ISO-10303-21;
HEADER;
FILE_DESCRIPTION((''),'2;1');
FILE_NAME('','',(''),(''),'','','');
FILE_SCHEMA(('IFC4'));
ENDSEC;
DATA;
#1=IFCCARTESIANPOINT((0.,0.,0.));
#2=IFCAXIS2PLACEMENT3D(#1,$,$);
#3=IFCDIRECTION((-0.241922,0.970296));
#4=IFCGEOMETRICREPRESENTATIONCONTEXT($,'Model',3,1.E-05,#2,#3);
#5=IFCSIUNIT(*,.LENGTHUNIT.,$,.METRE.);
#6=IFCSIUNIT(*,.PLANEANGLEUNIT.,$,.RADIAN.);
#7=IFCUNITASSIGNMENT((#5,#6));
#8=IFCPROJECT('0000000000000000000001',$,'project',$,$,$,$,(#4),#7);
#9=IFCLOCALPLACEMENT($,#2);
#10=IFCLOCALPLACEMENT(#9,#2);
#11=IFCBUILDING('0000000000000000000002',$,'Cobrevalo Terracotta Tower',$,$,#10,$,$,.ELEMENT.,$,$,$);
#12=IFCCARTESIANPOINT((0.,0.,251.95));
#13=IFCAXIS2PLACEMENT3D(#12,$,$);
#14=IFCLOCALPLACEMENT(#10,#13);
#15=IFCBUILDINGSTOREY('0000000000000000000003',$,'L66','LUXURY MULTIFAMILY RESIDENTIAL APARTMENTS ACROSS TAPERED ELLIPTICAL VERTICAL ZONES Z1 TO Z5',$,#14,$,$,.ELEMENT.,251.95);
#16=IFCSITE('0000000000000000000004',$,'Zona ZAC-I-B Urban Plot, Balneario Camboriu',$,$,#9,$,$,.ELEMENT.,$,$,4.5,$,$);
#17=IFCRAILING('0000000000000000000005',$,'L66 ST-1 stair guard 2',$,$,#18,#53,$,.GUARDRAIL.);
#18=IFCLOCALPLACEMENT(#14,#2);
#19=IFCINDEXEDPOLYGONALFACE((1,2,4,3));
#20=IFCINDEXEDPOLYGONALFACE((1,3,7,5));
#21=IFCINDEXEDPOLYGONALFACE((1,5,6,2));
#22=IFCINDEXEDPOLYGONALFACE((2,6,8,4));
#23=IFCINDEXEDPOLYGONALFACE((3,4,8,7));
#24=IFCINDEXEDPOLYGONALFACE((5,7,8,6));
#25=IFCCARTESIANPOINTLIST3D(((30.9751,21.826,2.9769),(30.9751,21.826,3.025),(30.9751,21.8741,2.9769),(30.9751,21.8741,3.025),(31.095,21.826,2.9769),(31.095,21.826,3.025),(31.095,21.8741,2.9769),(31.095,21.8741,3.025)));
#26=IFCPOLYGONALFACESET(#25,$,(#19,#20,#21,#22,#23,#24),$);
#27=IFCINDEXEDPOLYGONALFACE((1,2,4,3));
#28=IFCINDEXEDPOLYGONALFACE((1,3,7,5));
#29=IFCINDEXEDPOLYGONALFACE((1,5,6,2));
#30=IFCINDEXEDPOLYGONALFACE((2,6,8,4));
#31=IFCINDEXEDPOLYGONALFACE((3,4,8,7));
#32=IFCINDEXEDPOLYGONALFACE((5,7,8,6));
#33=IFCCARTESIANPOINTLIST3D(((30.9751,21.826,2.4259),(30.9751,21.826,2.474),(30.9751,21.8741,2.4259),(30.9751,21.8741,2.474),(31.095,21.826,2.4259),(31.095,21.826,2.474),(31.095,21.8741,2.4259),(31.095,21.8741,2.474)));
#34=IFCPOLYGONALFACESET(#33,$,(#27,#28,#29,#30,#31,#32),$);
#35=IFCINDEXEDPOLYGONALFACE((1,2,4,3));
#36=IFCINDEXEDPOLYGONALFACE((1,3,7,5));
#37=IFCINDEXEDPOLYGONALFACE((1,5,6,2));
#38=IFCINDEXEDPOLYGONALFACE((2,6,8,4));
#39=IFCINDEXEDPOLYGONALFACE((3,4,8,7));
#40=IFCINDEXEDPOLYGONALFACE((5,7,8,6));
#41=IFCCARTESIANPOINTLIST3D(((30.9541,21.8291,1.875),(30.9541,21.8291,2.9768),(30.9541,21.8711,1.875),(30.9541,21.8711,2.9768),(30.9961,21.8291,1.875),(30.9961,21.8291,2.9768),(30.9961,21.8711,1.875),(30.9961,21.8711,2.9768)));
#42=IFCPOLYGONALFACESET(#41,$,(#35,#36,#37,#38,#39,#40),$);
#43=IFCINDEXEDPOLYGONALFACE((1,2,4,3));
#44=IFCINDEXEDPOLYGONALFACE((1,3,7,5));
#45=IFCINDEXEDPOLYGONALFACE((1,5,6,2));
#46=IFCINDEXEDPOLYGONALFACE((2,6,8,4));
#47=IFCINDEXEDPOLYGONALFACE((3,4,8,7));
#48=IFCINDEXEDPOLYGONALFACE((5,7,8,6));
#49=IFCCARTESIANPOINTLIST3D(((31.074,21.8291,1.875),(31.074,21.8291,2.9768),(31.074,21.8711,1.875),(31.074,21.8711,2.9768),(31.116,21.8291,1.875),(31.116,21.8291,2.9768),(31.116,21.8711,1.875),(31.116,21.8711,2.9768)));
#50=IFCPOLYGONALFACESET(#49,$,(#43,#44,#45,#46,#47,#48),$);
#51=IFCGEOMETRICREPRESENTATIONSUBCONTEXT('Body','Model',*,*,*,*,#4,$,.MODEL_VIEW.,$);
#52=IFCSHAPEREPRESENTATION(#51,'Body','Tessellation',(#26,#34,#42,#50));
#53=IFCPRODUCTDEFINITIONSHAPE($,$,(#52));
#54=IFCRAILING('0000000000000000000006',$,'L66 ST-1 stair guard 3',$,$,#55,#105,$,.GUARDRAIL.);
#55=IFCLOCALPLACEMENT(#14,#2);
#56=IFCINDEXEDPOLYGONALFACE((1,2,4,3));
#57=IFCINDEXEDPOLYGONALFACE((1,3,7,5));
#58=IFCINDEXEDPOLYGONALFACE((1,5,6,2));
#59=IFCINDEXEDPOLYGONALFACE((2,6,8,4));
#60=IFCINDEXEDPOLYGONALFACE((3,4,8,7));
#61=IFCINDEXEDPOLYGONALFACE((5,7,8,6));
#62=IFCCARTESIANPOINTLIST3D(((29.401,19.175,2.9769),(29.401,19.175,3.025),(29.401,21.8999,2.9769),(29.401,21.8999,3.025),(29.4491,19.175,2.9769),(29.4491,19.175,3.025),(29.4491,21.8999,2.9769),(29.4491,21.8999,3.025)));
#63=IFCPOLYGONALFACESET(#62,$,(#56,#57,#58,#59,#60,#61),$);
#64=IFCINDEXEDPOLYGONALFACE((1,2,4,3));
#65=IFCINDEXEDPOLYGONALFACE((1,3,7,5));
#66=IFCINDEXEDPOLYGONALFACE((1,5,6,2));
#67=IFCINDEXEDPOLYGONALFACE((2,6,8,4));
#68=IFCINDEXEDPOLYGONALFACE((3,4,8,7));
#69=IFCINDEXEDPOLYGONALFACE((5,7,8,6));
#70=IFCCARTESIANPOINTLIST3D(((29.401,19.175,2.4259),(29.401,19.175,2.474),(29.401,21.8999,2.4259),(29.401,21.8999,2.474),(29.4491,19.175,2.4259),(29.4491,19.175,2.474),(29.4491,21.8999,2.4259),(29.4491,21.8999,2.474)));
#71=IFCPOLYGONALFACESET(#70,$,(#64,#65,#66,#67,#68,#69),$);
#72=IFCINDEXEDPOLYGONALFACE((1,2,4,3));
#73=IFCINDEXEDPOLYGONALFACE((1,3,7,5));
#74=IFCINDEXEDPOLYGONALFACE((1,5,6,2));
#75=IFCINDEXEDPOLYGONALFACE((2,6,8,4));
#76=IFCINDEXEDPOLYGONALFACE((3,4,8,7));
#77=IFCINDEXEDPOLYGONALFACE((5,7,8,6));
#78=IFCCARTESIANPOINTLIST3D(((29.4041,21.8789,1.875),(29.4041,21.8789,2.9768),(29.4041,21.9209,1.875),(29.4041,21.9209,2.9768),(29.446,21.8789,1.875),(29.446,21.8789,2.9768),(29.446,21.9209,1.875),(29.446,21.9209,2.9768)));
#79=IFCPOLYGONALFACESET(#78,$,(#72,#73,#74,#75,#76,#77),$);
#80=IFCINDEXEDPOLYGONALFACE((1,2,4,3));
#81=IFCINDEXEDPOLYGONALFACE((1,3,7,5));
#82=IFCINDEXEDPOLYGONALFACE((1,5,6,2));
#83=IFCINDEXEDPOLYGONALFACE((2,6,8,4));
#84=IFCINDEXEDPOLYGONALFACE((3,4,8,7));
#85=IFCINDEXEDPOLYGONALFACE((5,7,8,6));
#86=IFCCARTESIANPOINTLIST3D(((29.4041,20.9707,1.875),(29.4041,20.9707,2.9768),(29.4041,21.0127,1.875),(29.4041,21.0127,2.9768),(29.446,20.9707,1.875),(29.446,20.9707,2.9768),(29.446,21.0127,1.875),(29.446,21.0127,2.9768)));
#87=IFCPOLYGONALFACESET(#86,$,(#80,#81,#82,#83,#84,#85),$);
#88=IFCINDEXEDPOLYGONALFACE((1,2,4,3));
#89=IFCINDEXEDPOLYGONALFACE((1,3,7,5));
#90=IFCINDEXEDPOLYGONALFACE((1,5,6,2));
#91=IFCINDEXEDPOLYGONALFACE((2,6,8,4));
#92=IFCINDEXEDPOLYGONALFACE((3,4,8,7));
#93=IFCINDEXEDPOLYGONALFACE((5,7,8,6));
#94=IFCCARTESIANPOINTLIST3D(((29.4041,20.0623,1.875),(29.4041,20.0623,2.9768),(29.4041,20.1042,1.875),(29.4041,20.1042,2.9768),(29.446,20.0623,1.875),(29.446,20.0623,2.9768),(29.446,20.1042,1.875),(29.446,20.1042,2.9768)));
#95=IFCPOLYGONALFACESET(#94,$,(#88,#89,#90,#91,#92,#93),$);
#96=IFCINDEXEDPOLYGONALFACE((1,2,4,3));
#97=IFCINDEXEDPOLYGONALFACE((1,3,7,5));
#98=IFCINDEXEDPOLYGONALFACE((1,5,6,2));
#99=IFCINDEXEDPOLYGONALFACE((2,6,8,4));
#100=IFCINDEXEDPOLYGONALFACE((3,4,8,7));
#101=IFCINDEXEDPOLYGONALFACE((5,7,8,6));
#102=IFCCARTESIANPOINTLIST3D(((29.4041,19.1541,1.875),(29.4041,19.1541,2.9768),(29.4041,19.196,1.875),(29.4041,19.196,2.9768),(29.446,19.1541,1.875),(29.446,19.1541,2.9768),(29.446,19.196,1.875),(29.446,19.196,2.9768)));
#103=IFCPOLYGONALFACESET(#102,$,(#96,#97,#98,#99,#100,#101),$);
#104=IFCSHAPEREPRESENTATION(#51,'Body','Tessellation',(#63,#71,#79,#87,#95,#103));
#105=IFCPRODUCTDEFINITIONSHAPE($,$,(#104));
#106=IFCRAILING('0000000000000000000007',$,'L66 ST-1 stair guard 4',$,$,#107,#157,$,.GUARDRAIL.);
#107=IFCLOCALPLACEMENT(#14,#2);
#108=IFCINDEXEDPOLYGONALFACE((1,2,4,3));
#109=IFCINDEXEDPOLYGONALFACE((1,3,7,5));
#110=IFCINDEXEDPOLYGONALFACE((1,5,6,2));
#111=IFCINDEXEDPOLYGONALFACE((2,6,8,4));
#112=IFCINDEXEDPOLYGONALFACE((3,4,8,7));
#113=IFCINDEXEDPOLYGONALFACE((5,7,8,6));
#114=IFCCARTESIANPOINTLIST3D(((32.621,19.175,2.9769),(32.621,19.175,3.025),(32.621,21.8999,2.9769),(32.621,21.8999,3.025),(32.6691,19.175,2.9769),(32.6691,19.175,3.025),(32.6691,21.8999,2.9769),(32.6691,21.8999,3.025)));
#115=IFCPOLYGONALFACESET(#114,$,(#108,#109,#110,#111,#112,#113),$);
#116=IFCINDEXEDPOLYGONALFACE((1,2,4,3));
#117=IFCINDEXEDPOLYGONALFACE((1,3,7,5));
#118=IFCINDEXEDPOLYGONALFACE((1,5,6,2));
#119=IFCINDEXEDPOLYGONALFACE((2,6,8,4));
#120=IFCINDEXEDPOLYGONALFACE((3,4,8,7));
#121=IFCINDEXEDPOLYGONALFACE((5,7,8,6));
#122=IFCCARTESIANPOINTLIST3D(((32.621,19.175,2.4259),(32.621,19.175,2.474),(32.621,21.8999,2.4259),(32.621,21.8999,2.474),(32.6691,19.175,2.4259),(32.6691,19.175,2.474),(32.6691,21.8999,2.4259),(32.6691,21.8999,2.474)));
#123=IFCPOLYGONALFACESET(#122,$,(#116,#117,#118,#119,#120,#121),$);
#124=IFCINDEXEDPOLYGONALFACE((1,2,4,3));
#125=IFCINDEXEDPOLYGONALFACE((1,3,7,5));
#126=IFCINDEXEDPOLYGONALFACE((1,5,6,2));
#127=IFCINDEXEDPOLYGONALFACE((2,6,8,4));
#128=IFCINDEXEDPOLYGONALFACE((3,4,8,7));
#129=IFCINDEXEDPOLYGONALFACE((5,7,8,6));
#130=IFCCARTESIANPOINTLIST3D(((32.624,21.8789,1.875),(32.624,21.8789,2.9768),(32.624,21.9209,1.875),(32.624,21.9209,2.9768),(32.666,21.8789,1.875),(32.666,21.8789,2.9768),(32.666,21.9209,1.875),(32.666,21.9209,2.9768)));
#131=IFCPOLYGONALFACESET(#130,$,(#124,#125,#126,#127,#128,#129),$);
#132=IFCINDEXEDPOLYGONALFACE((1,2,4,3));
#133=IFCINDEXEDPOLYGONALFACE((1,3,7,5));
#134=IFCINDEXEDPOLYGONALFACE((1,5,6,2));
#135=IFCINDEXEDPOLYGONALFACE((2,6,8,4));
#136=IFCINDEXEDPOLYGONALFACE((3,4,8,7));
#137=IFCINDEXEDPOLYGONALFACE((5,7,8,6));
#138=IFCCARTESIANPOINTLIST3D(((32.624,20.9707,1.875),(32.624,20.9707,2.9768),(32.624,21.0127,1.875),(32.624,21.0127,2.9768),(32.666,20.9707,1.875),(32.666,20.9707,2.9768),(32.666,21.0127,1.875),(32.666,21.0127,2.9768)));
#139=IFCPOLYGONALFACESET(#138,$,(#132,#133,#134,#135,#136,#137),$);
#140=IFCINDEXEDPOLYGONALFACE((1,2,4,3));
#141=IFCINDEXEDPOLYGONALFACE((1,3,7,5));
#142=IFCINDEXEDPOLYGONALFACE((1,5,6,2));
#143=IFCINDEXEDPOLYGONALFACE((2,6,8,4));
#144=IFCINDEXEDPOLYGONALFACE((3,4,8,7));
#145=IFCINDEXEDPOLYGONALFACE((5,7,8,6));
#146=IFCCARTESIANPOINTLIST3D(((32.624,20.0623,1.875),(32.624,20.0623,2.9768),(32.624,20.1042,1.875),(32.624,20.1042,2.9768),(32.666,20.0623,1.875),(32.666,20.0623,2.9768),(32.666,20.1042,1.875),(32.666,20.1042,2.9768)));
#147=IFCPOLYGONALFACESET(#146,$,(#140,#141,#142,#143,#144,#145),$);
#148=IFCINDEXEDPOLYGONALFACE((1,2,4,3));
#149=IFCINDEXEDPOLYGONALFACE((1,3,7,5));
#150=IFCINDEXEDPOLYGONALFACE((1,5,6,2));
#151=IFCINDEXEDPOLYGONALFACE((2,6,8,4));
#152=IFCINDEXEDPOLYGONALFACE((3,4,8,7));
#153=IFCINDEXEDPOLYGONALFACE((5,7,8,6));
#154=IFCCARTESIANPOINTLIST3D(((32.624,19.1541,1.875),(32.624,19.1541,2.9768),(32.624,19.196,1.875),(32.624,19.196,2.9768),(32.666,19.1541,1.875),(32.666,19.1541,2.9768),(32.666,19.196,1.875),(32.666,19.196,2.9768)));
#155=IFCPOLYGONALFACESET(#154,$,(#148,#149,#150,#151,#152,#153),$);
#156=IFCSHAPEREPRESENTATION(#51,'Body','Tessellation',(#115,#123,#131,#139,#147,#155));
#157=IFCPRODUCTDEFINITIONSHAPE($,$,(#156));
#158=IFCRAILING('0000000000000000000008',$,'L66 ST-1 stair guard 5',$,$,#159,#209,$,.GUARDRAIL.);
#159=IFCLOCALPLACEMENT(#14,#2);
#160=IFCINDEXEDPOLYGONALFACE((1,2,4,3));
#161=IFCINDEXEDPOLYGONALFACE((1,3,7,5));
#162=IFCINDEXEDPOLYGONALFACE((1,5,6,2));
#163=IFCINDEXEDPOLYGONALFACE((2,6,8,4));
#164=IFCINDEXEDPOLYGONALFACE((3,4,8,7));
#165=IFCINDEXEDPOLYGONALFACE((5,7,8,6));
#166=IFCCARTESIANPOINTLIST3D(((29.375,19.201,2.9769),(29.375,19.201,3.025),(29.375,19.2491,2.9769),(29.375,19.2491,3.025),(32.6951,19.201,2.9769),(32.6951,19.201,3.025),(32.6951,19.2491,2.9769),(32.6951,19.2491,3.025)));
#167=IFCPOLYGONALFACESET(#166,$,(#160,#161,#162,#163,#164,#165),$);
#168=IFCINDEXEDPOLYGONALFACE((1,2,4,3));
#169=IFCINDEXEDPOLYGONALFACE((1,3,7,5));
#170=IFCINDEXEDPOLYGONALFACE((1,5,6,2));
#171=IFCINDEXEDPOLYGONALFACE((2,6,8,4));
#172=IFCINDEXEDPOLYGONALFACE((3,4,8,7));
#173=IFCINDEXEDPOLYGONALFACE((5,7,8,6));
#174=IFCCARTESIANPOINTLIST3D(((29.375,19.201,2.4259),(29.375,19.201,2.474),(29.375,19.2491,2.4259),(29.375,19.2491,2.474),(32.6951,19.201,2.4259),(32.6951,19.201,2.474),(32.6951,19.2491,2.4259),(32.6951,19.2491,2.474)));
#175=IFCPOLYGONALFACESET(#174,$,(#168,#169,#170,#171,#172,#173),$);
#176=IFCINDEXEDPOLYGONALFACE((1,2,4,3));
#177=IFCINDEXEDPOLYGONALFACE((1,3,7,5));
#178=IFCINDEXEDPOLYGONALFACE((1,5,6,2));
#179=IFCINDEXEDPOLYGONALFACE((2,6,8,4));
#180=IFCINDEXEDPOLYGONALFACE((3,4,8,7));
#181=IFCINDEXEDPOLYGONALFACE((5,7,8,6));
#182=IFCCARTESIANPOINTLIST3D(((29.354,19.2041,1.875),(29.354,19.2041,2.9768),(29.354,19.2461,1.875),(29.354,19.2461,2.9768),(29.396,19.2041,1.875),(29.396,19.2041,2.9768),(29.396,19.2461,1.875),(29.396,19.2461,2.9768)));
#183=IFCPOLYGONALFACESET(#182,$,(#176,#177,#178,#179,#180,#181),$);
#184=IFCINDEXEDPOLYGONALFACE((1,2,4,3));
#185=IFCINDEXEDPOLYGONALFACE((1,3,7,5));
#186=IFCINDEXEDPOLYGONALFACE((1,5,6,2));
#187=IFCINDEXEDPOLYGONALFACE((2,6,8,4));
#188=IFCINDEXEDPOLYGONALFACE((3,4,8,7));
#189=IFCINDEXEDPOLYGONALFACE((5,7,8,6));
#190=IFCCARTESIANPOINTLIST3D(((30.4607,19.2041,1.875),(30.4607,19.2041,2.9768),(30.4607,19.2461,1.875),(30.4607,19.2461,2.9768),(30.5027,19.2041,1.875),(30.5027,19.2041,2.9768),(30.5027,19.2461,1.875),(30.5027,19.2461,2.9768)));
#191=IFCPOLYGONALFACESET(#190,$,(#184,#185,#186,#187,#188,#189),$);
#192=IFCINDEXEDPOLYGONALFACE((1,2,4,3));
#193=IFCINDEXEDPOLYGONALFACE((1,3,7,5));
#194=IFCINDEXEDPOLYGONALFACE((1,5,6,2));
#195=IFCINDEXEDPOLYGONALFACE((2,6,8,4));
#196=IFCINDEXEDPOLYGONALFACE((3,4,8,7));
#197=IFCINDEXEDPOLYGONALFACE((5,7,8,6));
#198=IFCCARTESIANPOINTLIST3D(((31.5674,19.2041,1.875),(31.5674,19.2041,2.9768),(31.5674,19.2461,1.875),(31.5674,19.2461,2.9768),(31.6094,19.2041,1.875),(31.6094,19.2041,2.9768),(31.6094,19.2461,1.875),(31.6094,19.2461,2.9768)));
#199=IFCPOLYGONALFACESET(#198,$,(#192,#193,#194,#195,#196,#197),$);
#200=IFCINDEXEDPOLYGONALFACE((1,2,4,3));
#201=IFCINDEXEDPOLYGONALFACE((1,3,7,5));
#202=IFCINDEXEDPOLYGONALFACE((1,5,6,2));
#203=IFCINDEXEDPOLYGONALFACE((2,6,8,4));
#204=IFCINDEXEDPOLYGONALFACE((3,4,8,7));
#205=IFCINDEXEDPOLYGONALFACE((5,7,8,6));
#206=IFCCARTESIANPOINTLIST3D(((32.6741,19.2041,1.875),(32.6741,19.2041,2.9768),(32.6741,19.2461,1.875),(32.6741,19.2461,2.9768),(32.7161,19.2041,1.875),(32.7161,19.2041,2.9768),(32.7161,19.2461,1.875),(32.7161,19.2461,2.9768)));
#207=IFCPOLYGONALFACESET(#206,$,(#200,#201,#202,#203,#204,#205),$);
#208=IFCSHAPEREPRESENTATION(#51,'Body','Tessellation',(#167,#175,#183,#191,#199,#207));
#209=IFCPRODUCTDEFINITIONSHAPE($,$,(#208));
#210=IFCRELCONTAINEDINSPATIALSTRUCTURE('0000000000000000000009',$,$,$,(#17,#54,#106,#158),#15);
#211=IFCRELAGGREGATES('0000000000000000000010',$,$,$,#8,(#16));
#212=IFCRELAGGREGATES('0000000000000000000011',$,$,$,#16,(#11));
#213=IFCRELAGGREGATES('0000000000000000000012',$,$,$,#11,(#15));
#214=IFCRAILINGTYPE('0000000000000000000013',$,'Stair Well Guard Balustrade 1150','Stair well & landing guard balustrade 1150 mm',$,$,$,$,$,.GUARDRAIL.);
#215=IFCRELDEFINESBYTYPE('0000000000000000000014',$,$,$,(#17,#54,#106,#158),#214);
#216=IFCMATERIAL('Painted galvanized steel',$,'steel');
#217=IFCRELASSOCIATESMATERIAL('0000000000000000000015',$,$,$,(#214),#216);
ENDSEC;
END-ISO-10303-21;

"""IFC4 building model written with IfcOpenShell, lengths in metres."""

from ifc_helpers import new_model, si_unit, direction, frame, origin, origin_2d, place, context, subcontext, project, spatial, rectangle, extrude, material, type_object, element, save


model = new_model("IFC4")

# Units and contexts
model_context = context("Model", 3, precision=1e-05, world=origin(), true_north=direction((-0.241922, 0.970296)))
body_context = subcontext(model_context, "Body", "Model", "MODEL_VIEW")
ifc_project = project(units=[si_unit("LENGTHUNIT", "METRE"), si_unit("PLANEANGLEUNIT", "RADIAN")], contexts=[model_context])

# Site, building, storey
site_placement = place(None, origin())
site = spatial("IfcSite", under=ifc_project, at=site_placement, Name="Zona ZAC-I-B Urban Plot, Balneario Camboriu", CompositionType="ELEMENT", RefElevation=4.5)
building_placement = place(site_placement, origin())
building = spatial("IfcBuilding", under=site, at=building_placement, Name="Cobrevalo Terracotta Tower", CompositionType="ELEMENT")
storey_placement = place(building_placement, frame((0.0, 0.0, 251.95)))
storey = spatial("IfcBuildingStorey", under=building, at=storey_placement, Name="L66", Description="LUXURY MULTIFAMILY RESIDENTIAL APARTMENTS ACROSS TAPERED ELLIPTICAL VERTICAL ZONES Z1 TO Z5", CompositionType="ELEMENT", Elevation=251.95)

# Railings
ifc_material_1 = material(Name="Painted galvanized steel", Category="steel")
railing_type_1 = type_object("IfcRailingType", Name="Stair Well Guard Balustrade 1150", Description="Stair well & landing guard balustrade 1150 mm", PredefinedType="GUARDRAIL", material=ifc_material_1)
railing_1_placement = place(storey_placement, frame((30.9751, 21.8501, 1.875)))
element("IfcRailing", 1, at=railing_1_placement, inside=storey, type_object=railing_type_1, Name="L66 ST-1 stair guard 2", PredefinedType="GUARDRAIL", context=body_context, shape_type="SweptSolid", body=[
    extrude(rectangle(XDim=0.0481, YDim=0.0481, at=origin_2d()), frame((0.0, 0.0, 1.126), z_axis=(1.0, 0.0, 0.0), x_axis=(0.0, 1.0, 0.0)), (0.0, 0.0, 1.0), 0.1199),
    extrude(rectangle(XDim=0.0481, YDim=0.0481, at=origin_2d()), frame((0.0, 0.0, 0.575), z_axis=(1.0, 0.0, 0.0), x_axis=(0.0, 1.0, 0.0)), (0.0, 0.0, 1.0), 0.1199),
    extrude(rectangle(XDim=0.042, YDim=0.042, at=origin_2d()), origin(), (0.0, 0.0, 1.0), 1.1018),
    extrude(rectangle(XDim=0.042, YDim=0.042, at=origin_2d()), frame((0.1199, 0.0, 0.0)), (0.0, 0.0, 1.0), 1.1018),
])
for number, where, name in (
    (2, (29.425, 21.8999, 1.875), "L66 ST-1 stair guard 3"),
    (3, (32.645, 21.8999, 1.875), "L66 ST-1 stair guard 4"),
):
    element("IfcRailing", number, at=place(storey_placement, frame(where)), inside=storey, type_object=railing_type_1, Name=name, PredefinedType="GUARDRAIL", context=body_context, shape_type="SweptSolid", body=[
        extrude(rectangle(XDim=0.0481, YDim=0.0481, at=origin_2d()), frame((0.0, 0.0, 1.126), z_axis=(0.0, -1.0, 0.0), x_axis=(1.0, 0.0, 0.0)), (0.0, 0.0, 1.0), 2.7249),
        extrude(rectangle(XDim=0.0481, YDim=0.0481, at=origin_2d()), frame((0.0, 0.0, 0.575), z_axis=(0.0, -1.0, 0.0), x_axis=(1.0, 0.0, 0.0)), (0.0, 0.0, 1.0), 2.7249),
        extrude(rectangle(XDim=0.042, YDim=0.042, at=origin_2d()), origin(), (0.0, 0.0, 1.0), 1.1018),
        extrude(rectangle(XDim=0.042, YDim=0.042, at=origin_2d()), frame((0.0, -0.9082, 0.0)), (0.0, 0.0, 1.0), 1.1018),
        extrude(rectangle(XDim=0.042, YDim=0.042, at=origin_2d()), frame((0.0, -1.8167, 0.0)), (0.0, 0.0, 1.0), 1.1018),
        extrude(rectangle(XDim=0.042, YDim=0.042, at=origin_2d()), frame((0.0, -2.7249, 0.0)), (0.0, 0.0, 1.0), 1.1018),
    ])
railing_2_placement = place(storey_placement, frame((29.375, 19.2251, 1.875)))
element("IfcRailing", 4, at=railing_2_placement, inside=storey, type_object=railing_type_1, Name="L66 ST-1 stair guard 5", PredefinedType="GUARDRAIL", context=body_context, shape_type="SweptSolid", body=[
    extrude(rectangle(XDim=0.0481, YDim=0.0481, at=origin_2d()), frame((0.0, 0.0, 1.126), z_axis=(1.0, 0.0, 0.0), x_axis=(0.0, 1.0, 0.0)), (0.0, 0.0, 1.0), 3.3201),
    extrude(rectangle(XDim=0.0481, YDim=0.0481, at=origin_2d()), frame((0.0, 0.0, 0.575), z_axis=(1.0, 0.0, 0.0), x_axis=(0.0, 1.0, 0.0)), (0.0, 0.0, 1.0), 3.3201),
    extrude(rectangle(XDim=0.042, YDim=0.042, at=origin_2d()), origin(), (0.0, 0.0, 1.0), 1.1018),
    extrude(rectangle(XDim=0.042, YDim=0.042, at=origin_2d()), frame((1.1067, 0.0, 0.0)), (0.0, 0.0, 1.0), 1.1018),
    extrude(rectangle(XDim=0.042, YDim=0.042, at=origin_2d()), frame((2.2134, 0.0, 0.0)), (0.0, 0.0, 1.0), 1.1018),
    extrude(rectangle(XDim=0.042, YDim=0.042, at=origin_2d()), frame((3.3201, 0.0, 0.0)), (0.0, 0.0, 1.0), 1.1018),
])

save(model, "model.ifc")
